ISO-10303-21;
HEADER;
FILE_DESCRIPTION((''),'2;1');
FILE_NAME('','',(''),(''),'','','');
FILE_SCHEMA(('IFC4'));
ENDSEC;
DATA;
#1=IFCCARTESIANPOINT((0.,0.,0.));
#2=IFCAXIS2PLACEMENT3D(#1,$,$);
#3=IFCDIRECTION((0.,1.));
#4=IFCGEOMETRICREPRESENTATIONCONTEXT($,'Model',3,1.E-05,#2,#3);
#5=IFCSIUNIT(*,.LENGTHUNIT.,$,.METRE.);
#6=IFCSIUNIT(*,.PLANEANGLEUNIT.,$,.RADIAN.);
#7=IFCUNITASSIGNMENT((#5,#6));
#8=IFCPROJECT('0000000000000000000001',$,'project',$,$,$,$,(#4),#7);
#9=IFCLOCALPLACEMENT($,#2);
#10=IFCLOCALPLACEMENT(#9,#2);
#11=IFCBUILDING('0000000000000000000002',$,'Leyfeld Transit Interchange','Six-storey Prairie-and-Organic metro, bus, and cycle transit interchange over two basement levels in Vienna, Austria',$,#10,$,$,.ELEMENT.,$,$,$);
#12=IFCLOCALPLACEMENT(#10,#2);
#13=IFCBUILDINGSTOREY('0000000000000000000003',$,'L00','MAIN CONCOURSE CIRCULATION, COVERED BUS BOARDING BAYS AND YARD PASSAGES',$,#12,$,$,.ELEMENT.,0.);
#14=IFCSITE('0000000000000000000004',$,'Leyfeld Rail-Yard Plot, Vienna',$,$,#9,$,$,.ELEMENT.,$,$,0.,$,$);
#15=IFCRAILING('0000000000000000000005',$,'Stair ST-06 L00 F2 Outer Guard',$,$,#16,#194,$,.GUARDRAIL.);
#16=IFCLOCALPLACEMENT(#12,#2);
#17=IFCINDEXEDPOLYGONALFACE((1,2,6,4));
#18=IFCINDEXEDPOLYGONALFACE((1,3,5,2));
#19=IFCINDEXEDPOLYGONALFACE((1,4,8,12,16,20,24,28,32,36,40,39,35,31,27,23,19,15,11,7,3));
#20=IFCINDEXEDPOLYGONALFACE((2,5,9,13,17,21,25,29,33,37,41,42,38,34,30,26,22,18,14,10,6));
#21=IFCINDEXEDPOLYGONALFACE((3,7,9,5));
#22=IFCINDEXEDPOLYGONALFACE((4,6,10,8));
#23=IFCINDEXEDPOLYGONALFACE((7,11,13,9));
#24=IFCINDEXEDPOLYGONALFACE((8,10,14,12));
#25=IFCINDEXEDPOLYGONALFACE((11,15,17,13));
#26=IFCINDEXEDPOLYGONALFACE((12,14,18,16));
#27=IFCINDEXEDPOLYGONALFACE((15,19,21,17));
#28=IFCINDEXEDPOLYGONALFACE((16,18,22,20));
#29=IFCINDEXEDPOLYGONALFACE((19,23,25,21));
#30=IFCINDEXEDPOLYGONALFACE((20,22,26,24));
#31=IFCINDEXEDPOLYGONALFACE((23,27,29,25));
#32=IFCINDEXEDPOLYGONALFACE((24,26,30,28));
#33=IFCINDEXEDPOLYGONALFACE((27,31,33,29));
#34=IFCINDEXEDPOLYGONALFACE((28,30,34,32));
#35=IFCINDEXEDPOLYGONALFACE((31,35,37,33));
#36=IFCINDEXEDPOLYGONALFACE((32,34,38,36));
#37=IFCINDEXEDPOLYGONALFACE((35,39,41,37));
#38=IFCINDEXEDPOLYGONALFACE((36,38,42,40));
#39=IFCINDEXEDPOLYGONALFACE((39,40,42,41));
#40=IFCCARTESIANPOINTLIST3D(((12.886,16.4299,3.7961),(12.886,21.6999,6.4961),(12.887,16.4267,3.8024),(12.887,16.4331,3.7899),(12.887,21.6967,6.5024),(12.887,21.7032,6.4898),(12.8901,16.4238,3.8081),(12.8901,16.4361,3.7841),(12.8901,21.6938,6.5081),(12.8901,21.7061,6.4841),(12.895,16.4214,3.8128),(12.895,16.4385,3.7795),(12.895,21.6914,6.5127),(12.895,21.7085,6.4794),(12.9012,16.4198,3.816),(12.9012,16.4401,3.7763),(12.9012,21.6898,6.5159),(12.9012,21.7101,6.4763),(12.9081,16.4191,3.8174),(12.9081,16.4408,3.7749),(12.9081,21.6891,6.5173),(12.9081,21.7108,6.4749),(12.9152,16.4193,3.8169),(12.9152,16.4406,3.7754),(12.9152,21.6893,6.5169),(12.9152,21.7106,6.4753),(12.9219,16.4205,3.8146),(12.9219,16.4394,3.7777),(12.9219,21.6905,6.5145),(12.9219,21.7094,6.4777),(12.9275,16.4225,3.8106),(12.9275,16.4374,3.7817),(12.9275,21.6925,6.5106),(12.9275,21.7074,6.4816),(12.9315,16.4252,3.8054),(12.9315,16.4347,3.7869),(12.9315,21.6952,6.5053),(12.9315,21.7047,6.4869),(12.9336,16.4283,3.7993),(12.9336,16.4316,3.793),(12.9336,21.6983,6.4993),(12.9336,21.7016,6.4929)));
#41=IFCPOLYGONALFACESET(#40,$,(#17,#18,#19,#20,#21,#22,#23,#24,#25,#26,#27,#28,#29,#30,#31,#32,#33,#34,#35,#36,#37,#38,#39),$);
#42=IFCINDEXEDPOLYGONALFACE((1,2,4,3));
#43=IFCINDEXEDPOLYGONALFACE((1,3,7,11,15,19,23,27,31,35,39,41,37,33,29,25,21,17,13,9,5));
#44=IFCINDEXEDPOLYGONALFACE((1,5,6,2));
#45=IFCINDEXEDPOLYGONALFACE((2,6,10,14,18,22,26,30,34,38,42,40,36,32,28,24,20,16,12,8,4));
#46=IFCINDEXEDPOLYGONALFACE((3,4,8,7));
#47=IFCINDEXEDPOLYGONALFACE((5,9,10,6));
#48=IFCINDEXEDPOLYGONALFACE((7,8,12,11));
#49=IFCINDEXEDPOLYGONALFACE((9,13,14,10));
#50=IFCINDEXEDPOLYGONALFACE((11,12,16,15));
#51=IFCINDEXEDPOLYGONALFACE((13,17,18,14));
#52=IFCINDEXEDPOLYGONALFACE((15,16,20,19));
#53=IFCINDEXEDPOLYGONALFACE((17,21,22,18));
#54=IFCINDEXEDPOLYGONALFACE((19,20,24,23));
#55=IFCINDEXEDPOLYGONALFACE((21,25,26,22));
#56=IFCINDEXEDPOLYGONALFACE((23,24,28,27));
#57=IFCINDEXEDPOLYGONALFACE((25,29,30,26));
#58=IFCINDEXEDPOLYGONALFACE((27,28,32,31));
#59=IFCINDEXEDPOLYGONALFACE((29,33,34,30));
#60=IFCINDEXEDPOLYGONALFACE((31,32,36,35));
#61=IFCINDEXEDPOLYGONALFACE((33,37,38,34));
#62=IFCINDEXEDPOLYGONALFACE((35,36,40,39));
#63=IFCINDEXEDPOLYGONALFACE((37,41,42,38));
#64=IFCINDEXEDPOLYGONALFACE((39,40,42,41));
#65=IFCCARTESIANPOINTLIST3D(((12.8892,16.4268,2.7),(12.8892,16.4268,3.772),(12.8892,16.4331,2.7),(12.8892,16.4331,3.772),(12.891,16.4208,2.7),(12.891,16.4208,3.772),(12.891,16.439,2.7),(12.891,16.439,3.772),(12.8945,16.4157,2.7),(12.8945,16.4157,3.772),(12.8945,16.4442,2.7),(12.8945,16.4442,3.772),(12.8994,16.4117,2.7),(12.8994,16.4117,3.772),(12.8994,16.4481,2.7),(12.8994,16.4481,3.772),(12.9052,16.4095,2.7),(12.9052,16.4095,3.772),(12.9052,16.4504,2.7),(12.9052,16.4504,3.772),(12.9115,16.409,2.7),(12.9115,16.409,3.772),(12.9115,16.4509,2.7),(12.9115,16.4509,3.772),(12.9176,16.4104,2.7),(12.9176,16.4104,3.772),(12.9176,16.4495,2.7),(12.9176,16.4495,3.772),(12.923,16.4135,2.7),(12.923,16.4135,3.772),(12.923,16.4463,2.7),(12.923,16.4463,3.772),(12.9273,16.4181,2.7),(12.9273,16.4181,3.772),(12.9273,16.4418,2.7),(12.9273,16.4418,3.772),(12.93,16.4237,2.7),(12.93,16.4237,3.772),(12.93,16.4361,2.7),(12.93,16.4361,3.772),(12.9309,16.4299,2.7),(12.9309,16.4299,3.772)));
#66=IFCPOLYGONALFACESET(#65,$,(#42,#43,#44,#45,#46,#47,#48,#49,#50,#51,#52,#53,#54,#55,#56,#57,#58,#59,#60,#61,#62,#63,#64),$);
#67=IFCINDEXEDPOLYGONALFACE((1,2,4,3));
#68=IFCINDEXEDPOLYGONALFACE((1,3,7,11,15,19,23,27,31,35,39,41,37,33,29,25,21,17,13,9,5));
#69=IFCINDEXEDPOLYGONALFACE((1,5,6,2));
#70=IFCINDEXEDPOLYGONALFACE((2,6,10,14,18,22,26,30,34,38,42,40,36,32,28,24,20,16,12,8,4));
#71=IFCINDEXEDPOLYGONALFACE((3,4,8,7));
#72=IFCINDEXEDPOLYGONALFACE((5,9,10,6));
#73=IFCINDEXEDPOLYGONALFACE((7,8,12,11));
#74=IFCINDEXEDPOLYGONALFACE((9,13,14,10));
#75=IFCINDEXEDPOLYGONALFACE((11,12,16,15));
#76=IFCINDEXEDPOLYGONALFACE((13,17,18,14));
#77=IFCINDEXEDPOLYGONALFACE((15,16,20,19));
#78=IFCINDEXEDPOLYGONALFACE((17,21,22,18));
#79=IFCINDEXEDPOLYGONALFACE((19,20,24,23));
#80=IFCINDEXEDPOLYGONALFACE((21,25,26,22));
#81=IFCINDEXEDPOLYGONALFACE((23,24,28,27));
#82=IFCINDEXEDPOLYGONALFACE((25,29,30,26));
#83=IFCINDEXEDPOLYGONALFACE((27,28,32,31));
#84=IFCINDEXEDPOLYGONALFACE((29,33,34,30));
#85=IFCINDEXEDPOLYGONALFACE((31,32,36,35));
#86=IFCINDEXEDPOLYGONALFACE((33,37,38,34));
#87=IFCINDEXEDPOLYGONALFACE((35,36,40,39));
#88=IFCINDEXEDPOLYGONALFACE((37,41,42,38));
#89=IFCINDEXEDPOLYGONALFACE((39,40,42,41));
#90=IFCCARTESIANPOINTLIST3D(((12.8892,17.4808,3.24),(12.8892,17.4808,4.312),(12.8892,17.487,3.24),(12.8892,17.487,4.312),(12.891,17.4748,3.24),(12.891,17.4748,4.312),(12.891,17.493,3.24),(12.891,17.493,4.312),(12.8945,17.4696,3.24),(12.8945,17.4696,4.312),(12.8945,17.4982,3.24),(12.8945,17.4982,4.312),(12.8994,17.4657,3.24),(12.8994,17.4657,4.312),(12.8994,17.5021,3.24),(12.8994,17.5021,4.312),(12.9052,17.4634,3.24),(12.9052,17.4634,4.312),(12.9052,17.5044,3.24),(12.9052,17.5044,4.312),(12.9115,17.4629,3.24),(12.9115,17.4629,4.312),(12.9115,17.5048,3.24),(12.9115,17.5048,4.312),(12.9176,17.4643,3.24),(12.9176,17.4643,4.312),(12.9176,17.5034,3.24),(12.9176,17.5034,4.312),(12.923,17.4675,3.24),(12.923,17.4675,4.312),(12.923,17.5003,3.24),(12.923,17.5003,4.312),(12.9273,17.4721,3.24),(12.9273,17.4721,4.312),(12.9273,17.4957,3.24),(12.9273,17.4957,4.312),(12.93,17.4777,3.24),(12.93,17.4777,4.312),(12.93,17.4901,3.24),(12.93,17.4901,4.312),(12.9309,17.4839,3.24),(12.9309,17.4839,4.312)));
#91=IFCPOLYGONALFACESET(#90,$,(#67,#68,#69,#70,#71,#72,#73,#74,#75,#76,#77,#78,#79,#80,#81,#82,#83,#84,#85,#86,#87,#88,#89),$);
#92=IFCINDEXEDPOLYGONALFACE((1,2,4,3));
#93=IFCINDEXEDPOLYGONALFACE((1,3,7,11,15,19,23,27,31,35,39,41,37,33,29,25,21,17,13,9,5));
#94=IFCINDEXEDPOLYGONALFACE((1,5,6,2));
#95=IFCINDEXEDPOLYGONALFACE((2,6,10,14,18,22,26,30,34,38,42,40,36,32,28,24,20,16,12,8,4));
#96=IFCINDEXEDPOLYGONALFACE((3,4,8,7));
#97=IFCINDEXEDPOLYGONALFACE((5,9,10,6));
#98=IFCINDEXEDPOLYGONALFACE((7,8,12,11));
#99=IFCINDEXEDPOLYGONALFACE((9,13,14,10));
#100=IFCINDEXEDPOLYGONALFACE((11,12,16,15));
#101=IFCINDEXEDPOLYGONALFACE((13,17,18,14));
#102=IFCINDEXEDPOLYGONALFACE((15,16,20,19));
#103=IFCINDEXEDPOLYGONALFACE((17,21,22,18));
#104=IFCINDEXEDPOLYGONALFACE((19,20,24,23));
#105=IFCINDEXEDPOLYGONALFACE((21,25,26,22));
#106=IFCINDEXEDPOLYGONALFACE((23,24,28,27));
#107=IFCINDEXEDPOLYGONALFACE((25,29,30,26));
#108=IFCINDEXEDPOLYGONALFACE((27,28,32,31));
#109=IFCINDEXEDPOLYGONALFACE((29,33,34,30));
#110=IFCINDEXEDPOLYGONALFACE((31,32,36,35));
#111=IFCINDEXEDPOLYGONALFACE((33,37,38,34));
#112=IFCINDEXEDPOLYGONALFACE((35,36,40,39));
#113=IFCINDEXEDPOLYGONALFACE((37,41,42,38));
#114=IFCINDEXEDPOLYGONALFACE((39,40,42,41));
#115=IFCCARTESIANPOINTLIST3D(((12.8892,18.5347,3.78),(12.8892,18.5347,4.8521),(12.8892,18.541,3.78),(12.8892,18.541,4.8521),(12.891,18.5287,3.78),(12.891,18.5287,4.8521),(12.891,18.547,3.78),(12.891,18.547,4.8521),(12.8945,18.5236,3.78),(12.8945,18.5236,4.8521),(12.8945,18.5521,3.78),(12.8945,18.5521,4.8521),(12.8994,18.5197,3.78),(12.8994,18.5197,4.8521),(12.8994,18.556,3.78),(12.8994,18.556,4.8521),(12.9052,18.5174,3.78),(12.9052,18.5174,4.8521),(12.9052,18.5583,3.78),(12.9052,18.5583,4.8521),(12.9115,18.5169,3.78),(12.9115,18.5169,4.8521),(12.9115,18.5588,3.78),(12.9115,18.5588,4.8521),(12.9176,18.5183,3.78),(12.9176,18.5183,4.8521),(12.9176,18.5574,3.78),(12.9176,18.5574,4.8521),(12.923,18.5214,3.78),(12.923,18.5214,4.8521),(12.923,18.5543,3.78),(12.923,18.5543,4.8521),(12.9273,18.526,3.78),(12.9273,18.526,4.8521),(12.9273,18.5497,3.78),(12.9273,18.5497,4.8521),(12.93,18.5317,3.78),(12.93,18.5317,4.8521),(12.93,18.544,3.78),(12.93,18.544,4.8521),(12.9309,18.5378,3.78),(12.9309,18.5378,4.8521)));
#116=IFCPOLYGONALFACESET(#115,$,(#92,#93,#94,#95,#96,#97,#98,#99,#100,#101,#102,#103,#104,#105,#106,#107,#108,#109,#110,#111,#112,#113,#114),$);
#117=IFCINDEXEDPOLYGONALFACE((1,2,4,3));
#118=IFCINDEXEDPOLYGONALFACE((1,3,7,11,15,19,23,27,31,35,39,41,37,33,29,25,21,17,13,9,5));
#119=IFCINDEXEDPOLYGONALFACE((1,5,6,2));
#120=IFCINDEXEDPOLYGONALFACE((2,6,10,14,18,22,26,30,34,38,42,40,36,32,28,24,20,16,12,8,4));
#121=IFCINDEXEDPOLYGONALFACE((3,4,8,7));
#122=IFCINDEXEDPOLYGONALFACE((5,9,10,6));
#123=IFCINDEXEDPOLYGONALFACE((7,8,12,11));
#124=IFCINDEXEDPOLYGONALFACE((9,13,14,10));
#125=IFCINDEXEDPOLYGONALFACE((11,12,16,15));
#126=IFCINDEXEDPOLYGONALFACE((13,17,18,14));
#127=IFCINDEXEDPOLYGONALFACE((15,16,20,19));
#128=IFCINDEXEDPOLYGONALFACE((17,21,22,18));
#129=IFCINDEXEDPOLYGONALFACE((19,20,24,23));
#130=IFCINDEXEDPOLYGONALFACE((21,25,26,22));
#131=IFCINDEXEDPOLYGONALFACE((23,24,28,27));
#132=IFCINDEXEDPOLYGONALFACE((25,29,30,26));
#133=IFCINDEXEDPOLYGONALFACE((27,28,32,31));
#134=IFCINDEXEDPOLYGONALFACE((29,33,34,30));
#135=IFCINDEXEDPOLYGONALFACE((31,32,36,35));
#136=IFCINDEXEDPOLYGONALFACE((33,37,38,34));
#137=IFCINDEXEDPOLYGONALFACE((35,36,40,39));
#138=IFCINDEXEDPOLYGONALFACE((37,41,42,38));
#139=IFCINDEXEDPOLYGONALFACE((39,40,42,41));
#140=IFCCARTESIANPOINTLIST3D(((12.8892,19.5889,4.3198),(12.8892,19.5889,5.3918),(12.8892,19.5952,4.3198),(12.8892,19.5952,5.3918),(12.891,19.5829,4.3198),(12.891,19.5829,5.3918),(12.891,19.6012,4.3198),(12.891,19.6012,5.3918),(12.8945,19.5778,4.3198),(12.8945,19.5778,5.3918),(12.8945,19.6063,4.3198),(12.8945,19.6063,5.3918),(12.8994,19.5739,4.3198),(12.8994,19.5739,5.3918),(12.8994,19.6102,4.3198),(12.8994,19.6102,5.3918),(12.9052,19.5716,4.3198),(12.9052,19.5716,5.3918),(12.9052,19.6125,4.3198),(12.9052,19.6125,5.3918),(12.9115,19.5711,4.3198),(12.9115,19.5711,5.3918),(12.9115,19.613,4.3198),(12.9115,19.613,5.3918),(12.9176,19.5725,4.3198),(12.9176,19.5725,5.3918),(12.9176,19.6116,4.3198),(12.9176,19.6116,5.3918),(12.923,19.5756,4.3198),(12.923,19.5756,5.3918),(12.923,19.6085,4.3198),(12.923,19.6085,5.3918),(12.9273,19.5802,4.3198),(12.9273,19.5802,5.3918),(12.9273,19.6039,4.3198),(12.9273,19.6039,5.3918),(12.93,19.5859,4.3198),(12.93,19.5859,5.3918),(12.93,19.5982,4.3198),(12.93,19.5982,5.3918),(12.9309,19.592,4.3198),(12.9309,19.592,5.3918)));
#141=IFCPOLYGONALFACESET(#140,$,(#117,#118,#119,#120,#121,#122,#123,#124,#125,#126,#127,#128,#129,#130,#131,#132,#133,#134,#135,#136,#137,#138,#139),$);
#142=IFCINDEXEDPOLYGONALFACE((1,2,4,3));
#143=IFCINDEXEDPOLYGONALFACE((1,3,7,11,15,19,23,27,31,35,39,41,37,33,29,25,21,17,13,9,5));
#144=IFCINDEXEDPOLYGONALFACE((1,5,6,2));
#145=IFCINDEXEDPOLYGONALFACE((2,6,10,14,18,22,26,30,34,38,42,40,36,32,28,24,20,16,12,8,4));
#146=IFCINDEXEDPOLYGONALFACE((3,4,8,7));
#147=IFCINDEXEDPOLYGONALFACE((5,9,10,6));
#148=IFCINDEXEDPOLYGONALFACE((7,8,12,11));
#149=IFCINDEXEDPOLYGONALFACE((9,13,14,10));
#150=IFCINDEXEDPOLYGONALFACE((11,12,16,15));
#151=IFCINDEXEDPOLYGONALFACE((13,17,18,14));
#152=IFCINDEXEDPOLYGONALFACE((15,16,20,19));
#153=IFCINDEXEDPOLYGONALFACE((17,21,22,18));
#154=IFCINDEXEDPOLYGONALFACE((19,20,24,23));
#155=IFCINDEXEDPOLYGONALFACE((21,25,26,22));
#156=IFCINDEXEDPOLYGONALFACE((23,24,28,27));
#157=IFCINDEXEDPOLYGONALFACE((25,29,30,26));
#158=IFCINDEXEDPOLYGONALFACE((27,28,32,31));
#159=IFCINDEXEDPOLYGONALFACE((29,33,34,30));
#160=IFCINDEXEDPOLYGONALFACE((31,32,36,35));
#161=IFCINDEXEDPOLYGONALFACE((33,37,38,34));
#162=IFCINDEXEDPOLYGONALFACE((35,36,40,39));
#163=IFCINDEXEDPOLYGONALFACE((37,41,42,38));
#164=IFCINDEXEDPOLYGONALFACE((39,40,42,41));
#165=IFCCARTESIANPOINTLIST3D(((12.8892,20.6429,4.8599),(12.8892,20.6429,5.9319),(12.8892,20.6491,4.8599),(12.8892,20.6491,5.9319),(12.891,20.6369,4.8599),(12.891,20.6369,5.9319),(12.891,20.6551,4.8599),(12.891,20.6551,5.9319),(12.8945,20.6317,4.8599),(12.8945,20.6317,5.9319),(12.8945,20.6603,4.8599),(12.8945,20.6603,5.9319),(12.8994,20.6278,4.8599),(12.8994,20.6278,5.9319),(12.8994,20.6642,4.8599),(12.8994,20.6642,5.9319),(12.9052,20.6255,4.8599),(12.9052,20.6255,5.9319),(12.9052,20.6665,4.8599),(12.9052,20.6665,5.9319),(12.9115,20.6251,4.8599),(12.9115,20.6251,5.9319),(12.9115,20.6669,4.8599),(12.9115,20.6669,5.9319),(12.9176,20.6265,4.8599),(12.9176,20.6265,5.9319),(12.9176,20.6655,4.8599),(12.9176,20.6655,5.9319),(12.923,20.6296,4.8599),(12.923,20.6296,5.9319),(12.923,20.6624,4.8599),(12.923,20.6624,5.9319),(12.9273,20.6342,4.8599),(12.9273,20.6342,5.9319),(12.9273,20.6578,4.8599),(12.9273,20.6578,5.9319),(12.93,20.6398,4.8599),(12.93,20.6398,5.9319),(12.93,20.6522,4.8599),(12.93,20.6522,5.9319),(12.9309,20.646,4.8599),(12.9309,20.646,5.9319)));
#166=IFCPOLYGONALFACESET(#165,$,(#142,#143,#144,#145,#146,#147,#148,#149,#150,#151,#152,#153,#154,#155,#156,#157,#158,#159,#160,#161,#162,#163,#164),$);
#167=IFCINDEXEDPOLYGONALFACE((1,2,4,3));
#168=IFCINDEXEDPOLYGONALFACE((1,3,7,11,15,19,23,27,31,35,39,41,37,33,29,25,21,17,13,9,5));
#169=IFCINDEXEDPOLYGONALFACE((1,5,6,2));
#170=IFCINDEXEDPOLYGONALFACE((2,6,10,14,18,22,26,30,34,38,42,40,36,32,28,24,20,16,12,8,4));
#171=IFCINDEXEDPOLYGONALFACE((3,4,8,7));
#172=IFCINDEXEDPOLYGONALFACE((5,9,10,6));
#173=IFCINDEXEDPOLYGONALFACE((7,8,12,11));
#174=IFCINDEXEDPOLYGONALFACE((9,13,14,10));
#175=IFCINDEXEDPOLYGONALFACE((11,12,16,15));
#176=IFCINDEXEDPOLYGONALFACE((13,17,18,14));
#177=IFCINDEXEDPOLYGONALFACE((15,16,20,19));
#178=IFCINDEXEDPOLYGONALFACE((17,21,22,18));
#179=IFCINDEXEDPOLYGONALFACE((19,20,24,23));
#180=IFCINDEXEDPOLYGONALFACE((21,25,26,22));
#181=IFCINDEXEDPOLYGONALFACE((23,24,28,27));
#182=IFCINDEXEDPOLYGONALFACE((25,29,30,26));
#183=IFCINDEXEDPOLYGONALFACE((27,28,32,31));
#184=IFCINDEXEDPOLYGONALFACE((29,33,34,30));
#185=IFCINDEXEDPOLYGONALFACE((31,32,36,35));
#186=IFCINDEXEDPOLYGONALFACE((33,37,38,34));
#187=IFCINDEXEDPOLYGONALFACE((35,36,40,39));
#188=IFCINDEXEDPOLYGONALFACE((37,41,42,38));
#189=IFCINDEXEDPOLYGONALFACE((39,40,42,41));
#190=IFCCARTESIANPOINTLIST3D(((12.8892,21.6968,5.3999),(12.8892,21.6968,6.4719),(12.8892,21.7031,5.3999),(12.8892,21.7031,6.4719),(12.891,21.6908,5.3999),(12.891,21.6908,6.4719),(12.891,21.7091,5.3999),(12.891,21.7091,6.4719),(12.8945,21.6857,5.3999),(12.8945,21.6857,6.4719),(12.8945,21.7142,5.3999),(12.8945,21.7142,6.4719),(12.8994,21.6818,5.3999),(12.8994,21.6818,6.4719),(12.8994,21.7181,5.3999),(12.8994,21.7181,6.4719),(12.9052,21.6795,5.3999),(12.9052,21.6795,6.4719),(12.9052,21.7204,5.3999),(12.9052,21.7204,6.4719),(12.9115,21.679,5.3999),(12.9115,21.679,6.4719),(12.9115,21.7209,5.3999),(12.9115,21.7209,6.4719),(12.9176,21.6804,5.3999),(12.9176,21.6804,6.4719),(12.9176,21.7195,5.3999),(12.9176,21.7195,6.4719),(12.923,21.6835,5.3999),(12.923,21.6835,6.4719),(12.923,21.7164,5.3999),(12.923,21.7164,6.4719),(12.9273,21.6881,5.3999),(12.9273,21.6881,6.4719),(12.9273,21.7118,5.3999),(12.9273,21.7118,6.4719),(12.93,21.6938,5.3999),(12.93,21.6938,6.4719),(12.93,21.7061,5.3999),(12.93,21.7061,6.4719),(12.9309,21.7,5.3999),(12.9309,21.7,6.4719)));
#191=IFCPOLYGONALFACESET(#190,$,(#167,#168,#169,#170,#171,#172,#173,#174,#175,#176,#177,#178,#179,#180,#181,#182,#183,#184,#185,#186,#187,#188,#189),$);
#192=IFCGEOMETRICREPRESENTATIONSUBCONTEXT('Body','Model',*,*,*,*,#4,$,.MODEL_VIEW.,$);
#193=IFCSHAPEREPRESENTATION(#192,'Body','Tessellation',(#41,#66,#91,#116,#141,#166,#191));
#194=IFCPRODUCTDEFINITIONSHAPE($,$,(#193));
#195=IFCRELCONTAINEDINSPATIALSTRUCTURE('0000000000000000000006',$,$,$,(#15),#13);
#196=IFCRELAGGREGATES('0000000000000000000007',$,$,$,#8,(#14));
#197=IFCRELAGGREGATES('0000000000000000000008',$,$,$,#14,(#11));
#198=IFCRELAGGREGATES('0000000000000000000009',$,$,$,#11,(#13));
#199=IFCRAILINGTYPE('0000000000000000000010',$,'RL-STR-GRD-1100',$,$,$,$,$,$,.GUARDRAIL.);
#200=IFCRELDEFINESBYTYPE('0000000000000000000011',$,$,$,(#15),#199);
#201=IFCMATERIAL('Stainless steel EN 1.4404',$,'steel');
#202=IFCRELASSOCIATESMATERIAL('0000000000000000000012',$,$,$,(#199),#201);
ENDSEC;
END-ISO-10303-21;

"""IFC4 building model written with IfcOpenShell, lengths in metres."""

from ifc_helpers import new_model, si_unit, direction, frame, origin, origin_2d, place, context, subcontext, project, spatial, circle, extrude, material, type_object, element, save


model = new_model("IFC4")

# Units and contexts
model_context = context("Model", 3, precision=1e-05, world=origin(), true_north=direction((0.0, 1.0)))
body_context = subcontext(model_context, "Body", "Model", "MODEL_VIEW")
ifc_project = project(units=[si_unit("LENGTHUNIT", "METRE"), si_unit("PLANEANGLEUNIT", "RADIAN")], contexts=[model_context])

# Site, building, storey
site_placement = place(None, origin())
site = spatial("IfcSite", under=ifc_project, at=site_placement, Name="Leyfeld Rail-Yard Plot, Vienna", CompositionType="ELEMENT", RefElevation=0.0)
building_placement = place(site_placement, origin())
building = spatial("IfcBuilding", under=site, at=building_placement, Name="Leyfeld Transit Interchange", Description="Six-storey Prairie-and-Organic metro, bus, and cycle transit interchange over two basement levels in Vienna, Austria", CompositionType="ELEMENT")
storey_placement = place(building_placement, origin())
storey = spatial("IfcBuildingStorey", under=building, at=storey_placement, Name="L00", Description="MAIN CONCOURSE CIRCULATION, COVERED BUS BOARDING BAYS AND YARD PASSAGES", CompositionType="ELEMENT", Elevation=0.0)

# Railing
ifc_material_1 = material(Name="Stainless steel EN 1.4404", Category="steel")
railing_type_1 = type_object("IfcRailingType", Name="RL-STR-GRD-1100", PredefinedType="GUARDRAIL", material=ifc_material_1)
railing_1_placement = place(storey_placement, frame((12.9099, 16.4299, 2.7)))
element("IfcRailing", 1, at=railing_1_placement, inside=storey, type_object=railing_type_1, Name="Stair ST-06 L00 F2 Outer Guard", PredefinedType="GUARDRAIL", context=body_context, shape_type="SweptSolid", body=[
    extrude(circle(Radius=0.0239, at=origin_2d()), frame((0.0, 0.0, 1.0962), z_axis=(0.0, 0.889997, 0.455966), x_axis=(-1.0, 0.0, 0.0)), (0.0, 0.0, 1.0), 5.9214),
    extrude(circle(Radius=0.021, at=origin_2d()), origin(), (0.0, 0.0, 1.0), 1.072),
    extrude(circle(Radius=0.021, at=origin_2d()), frame((0.0, 1.054, 0.54)), (0.0, 0.0, 1.0), 1.072),
    extrude(circle(Radius=0.021, at=origin_2d()), frame((0.0, 2.1079, 1.0801)), (0.0, 0.0, 1.0), 1.072),
    extrude(circle(Radius=0.021, at=origin_2d()), frame((0.0, 3.1621, 1.6199)), (0.0, 0.0, 1.0), 1.072),
    extrude(circle(Radius=0.021, at=origin_2d()), frame((0.0, 4.2161, 2.1599)), (0.0, 0.0, 1.0), 1.072),
    extrude(circle(Radius=0.021, at=origin_2d()), frame((0.0, 5.27, 2.7)), (0.0, 0.0, 1.0), 1.072),
])

save(model, "model.ifc")
